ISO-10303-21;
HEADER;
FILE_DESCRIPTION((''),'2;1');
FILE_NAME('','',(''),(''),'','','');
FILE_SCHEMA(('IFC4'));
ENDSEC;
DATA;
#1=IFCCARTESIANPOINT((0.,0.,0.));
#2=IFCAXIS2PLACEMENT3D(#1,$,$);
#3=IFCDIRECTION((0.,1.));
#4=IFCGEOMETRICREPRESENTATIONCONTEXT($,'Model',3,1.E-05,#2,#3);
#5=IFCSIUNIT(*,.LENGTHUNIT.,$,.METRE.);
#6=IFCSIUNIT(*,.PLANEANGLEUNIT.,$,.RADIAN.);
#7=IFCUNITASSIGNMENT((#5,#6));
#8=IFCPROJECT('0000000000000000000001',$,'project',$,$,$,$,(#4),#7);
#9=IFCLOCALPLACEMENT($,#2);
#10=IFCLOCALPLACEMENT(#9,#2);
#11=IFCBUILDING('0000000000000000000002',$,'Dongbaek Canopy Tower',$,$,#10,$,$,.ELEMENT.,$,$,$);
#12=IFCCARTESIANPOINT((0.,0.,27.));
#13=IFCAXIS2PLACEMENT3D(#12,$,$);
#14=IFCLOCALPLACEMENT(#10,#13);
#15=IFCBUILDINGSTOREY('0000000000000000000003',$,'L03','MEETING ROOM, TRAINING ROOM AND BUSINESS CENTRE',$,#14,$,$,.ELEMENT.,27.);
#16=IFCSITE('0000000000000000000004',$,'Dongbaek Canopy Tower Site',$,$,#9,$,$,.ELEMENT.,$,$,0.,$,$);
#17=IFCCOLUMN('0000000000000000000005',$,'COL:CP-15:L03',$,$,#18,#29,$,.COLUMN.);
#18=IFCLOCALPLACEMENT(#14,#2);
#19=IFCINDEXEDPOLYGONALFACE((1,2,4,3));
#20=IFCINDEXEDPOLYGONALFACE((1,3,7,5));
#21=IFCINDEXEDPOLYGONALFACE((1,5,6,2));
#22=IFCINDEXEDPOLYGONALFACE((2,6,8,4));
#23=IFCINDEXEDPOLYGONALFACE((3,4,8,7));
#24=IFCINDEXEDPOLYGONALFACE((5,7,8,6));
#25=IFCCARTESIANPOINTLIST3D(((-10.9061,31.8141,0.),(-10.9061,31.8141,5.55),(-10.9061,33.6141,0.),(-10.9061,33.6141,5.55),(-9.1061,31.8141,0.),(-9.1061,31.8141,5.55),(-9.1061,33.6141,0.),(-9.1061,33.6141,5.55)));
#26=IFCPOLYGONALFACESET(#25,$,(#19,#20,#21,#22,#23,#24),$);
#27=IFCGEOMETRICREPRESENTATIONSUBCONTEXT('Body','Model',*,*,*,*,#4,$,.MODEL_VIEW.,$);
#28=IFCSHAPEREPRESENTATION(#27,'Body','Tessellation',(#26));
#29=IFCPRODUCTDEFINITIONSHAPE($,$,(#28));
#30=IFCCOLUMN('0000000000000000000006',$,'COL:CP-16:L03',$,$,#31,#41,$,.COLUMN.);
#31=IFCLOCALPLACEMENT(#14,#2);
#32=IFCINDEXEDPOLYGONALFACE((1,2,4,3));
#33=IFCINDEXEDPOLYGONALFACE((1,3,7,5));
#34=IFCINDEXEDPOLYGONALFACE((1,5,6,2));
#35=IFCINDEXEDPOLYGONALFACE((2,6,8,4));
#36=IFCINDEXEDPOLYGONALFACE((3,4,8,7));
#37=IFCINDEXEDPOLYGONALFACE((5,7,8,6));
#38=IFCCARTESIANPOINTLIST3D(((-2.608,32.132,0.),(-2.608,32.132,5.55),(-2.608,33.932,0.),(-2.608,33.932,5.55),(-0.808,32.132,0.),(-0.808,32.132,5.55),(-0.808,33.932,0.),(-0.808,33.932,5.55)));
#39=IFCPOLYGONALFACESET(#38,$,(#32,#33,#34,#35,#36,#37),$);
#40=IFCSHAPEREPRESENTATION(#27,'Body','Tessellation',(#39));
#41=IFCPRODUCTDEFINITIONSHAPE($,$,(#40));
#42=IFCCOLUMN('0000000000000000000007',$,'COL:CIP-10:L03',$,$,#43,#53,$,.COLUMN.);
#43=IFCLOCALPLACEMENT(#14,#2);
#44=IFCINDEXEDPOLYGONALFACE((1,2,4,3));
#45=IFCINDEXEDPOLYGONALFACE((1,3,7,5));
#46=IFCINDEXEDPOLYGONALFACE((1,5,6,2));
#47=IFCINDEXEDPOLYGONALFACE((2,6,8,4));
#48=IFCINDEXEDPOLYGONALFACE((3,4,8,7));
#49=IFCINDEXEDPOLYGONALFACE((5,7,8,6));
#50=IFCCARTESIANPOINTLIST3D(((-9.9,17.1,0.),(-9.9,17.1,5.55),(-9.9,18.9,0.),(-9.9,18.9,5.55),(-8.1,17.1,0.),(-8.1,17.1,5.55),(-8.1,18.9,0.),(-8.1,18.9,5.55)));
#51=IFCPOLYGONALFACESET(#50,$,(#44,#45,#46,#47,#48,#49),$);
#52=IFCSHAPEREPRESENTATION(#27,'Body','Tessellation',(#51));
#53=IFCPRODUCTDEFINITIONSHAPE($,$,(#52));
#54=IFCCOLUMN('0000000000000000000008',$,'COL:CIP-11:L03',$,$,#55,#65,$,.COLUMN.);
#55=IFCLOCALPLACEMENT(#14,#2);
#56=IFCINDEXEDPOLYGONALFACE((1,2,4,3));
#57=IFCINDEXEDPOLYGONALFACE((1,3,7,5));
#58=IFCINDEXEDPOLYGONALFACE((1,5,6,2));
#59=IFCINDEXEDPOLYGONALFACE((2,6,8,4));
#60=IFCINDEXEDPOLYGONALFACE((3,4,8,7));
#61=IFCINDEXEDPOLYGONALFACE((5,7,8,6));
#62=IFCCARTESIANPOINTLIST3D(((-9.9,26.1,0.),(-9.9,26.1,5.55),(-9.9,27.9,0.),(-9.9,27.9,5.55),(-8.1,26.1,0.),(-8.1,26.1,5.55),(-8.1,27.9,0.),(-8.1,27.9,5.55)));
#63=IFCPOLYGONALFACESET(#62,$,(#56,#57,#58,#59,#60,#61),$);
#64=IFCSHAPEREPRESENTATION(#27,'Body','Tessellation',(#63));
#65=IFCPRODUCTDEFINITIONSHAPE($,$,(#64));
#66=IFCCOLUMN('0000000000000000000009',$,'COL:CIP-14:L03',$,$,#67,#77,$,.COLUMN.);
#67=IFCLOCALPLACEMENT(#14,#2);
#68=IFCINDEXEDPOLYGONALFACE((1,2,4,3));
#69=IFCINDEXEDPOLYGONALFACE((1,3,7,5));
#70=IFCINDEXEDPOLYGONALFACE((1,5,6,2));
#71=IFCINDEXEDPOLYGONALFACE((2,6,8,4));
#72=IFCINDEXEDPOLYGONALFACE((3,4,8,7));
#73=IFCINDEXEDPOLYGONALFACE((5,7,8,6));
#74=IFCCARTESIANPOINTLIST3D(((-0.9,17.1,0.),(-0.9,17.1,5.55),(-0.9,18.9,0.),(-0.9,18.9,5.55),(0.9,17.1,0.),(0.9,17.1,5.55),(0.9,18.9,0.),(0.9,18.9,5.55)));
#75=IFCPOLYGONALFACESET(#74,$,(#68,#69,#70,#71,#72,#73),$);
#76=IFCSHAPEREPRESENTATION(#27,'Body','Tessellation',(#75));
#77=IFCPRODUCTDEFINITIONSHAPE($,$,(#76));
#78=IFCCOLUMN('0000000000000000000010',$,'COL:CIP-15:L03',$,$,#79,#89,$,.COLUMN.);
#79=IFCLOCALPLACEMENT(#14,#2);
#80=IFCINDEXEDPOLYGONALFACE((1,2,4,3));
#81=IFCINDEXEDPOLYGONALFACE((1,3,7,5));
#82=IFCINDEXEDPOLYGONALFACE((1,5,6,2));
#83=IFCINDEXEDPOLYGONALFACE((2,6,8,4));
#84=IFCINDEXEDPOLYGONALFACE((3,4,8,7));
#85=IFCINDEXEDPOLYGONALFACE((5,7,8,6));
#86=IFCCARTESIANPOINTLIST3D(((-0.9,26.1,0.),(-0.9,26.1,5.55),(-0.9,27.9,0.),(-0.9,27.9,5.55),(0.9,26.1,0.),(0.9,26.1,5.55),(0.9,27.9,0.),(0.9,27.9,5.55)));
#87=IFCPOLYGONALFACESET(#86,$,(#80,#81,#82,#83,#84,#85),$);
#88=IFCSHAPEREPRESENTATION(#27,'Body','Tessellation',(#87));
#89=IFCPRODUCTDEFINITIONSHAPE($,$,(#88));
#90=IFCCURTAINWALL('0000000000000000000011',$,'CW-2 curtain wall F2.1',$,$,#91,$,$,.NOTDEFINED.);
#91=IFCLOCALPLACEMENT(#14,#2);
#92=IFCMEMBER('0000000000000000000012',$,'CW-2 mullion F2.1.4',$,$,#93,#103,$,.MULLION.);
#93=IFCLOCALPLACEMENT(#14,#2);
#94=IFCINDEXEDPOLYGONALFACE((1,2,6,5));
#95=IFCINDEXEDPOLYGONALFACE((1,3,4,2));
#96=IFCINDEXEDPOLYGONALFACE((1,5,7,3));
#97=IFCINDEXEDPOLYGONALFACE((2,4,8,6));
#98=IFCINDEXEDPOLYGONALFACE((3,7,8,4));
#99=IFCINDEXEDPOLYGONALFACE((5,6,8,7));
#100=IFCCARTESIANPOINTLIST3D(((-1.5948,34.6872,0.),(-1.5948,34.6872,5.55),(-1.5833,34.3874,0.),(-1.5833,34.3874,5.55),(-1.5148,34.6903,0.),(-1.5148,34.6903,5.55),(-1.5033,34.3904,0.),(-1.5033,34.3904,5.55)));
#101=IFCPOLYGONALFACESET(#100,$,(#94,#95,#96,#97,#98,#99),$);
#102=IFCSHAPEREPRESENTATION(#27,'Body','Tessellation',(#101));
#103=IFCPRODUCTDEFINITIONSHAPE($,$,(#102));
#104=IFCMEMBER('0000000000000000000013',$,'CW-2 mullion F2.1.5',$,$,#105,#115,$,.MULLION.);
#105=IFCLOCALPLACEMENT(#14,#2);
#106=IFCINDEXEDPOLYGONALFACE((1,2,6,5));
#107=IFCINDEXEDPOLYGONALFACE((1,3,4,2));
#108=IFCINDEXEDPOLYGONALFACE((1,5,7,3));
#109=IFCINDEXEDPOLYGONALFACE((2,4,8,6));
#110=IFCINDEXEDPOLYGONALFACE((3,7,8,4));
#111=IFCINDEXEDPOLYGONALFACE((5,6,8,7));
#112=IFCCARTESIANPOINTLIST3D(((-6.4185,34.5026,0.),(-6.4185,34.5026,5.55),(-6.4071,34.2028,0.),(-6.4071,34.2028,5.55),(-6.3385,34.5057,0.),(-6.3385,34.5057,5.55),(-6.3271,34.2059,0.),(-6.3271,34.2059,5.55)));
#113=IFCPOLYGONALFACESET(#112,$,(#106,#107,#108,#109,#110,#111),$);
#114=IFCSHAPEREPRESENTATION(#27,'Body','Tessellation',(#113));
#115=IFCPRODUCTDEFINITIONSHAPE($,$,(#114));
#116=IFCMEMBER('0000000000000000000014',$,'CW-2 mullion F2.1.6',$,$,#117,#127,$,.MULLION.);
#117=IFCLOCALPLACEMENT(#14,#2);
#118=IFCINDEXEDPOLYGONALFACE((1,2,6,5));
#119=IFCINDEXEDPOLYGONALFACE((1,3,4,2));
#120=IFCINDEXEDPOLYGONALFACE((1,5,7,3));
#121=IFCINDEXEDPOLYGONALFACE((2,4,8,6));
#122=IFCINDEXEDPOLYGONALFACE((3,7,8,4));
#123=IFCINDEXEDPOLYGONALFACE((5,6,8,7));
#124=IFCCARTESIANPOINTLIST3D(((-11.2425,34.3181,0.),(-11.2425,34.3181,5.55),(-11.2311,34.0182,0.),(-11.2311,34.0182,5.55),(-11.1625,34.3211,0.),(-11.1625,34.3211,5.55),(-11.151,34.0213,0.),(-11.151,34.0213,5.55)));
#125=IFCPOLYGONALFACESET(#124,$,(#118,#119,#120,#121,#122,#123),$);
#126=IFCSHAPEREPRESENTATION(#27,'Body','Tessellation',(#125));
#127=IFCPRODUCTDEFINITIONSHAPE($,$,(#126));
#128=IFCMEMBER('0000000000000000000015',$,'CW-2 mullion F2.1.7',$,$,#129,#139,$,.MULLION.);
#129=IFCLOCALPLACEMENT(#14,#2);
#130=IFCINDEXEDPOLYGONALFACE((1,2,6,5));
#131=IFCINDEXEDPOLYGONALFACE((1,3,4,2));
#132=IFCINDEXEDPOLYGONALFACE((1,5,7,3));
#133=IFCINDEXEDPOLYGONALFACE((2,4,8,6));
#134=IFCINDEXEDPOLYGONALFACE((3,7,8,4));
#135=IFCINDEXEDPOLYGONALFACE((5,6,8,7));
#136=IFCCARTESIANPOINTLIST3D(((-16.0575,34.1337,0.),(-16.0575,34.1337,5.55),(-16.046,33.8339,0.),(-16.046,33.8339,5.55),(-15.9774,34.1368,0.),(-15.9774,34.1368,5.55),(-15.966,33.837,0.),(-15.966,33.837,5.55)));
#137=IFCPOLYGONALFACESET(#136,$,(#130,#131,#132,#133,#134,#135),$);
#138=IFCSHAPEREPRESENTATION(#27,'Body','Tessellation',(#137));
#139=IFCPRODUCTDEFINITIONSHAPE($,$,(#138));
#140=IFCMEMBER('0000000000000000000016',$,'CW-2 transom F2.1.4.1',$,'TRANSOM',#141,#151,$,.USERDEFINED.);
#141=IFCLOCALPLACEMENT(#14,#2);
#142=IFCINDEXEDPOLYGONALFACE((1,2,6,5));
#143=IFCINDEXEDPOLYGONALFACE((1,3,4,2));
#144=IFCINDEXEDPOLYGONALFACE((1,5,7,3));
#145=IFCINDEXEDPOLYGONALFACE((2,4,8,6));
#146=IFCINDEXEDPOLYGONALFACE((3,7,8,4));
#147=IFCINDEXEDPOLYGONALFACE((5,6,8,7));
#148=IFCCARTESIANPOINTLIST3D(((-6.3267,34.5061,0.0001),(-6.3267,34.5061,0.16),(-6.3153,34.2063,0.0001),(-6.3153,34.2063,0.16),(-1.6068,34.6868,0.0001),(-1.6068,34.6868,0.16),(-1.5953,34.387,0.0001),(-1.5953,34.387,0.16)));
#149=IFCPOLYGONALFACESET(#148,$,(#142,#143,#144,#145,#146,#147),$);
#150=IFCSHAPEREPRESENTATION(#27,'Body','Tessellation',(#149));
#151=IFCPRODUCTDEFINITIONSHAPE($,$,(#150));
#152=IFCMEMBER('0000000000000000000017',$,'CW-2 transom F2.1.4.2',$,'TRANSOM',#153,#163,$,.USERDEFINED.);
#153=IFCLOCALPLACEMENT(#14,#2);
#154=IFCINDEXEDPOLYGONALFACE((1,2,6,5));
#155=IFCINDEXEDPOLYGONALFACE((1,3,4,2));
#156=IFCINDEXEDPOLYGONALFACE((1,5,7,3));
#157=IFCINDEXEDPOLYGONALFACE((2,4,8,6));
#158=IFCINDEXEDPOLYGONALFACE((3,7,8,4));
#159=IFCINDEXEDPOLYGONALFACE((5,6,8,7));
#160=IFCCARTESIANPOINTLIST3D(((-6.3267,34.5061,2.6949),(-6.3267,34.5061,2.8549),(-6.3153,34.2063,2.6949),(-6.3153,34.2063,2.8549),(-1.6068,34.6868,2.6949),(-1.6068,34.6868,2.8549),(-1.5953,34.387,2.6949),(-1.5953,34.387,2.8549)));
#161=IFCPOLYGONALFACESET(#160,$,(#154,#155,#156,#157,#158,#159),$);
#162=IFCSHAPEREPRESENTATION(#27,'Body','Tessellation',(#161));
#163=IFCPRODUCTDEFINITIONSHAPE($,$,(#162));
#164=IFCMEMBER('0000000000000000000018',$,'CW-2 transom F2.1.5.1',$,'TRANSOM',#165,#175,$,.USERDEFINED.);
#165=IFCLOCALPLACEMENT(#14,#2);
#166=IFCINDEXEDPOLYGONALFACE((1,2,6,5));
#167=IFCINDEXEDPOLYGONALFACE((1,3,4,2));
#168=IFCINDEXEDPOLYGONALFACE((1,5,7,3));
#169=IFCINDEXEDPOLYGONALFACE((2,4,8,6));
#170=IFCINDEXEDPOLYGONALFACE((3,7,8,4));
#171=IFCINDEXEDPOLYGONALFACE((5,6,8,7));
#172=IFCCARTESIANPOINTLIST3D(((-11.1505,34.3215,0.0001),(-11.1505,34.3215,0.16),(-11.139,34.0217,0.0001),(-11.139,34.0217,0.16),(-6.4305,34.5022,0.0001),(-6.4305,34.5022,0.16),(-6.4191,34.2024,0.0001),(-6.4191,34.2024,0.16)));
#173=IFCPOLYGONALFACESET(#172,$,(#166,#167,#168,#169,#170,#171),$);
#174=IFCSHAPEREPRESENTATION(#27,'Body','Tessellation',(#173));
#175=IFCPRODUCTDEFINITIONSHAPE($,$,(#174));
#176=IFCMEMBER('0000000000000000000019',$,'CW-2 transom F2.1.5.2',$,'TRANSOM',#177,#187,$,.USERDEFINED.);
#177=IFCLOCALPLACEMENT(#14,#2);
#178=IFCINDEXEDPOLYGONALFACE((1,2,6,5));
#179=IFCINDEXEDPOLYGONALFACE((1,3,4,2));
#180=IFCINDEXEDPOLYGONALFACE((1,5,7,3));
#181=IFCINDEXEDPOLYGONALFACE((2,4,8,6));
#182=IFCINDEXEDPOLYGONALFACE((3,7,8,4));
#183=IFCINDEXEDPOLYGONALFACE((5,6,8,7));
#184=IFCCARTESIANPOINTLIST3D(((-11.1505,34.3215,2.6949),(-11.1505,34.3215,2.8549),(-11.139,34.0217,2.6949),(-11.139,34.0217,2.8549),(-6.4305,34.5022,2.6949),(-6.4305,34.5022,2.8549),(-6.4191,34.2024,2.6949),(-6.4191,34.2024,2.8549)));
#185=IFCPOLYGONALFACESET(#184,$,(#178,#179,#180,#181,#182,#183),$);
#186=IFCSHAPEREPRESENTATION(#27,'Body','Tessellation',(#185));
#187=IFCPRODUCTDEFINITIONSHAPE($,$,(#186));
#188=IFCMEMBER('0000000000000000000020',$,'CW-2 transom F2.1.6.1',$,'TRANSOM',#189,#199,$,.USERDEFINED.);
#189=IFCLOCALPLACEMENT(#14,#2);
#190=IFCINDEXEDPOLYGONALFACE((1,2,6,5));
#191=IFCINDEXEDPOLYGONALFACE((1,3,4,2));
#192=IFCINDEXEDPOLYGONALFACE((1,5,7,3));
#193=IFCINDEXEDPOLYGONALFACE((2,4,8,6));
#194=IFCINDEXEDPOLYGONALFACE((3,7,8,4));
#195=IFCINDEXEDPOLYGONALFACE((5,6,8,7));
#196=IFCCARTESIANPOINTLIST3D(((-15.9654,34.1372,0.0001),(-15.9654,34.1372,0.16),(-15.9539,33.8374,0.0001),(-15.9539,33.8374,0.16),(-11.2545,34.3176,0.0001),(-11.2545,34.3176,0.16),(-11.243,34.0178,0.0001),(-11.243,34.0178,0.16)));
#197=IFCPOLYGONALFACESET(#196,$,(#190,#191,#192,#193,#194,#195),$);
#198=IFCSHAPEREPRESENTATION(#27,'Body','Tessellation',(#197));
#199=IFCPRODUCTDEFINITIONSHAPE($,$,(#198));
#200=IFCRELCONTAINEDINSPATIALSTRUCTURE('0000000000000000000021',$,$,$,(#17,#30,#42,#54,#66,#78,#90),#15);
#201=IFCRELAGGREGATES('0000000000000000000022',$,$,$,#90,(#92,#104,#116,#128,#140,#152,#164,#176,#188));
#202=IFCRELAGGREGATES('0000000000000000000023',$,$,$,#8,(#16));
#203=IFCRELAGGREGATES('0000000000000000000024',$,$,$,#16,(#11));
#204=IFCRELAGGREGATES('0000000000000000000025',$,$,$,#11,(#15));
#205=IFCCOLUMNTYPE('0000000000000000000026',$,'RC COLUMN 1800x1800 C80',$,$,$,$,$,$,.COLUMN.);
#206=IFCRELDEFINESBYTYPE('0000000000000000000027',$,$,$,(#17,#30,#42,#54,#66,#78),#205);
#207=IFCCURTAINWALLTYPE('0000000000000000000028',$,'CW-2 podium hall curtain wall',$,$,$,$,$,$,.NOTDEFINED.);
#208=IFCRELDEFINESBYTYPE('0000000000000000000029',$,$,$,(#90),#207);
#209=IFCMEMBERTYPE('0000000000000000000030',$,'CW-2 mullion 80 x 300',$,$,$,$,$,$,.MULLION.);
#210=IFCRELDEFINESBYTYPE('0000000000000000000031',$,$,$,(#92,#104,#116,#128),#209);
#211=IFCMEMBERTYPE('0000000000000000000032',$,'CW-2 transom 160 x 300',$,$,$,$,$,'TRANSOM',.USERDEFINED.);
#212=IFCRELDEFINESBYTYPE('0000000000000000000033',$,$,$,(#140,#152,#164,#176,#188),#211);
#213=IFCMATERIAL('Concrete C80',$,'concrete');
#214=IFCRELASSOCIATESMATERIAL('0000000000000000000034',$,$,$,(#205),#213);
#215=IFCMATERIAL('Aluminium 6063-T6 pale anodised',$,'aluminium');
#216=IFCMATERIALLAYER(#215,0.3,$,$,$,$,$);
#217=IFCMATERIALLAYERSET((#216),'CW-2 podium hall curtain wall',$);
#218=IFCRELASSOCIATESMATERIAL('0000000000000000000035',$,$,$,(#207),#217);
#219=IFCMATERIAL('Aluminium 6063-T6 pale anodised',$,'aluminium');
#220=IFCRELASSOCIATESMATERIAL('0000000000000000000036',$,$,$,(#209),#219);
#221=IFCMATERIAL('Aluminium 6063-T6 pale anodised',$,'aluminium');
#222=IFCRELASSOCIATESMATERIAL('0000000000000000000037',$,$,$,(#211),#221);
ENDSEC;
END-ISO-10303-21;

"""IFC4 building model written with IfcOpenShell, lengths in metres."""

from ifc_helpers import new_model, si_unit, direction, frame, origin, origin_2d, place, context, subcontext, project, spatial, rectangle, extrude, material, layer, layer_set, material_profile, profile_set, type_object, element, aggregate, save


model = new_model("IFC4")

# Units and contexts
model_context = context("Model", 3, precision=1e-05, world=origin(), true_north=direction((0.0, 1.0)))
body_context = subcontext(model_context, "Body", "Model", "MODEL_VIEW")
ifc_project = project(units=[si_unit("LENGTHUNIT", "METRE"), si_unit("PLANEANGLEUNIT", "RADIAN")], contexts=[model_context])

# Site, building, storey
site_placement = place(None, origin())
site = spatial("IfcSite", under=ifc_project, at=site_placement, Name="Dongbaek Canopy Tower Site", CompositionType="ELEMENT", RefElevation=0.0)
building_placement = place(site_placement, origin())
building = spatial("IfcBuilding", under=site, at=building_placement, Name="Dongbaek Canopy Tower", CompositionType="ELEMENT")
storey_placement = place(building_placement, frame((0.0, 0.0, 27.0)))
storey = spatial("IfcBuildingStorey", under=building, at=storey_placement, Name="L03", Description="MEETING ROOM, TRAINING ROOM AND BUSINESS CENTRE", CompositionType="ELEMENT", Elevation=27.0)

# Columns
ifc_material_1 = material(Name="Concrete C80", Category="concrete")
ifc_material_profile_1 = material_profile(ifc_material_1, rectangle(XDim=1.8, YDim=1.8, at=origin_2d()), Name="RC COLUMN 1800x1800 C80")
ifc_profile_set_1 = profile_set([ifc_material_profile_1], Name="Concrete C80")
column_type = type_object("IfcColumnType", Name="RC COLUMN 1800x1800 C80", PredefinedType="COLUMN", material=ifc_profile_set_1)
for number, where, z_axis, x_axis, name in (
    (1, (-10.0061, 32.7141, 0.0), (0.0, 0.0, 1.0), (1.0, 0.0, 0.0), "COL:CP-15:L03"),
    (2, (-1.708, 33.032, 0.0), (0.0, 0.0, 1.0), (1.0, 0.0, 0.0), "COL:CP-16:L03"),
    (3, (-9.0, 18.0, 0.0), (0.0, 0.0, 1.0), (1.0, 0.0, 0.0), "COL:CIP-10:L03"),
    (4, (-9.0, 27.0, 0.0), (0.0, 0.0, 1.0), (1.0, 0.0, 0.0), "COL:CIP-11:L03"),
    (5, (0.0, 18.0, 0.0), (0.0, 0.0, 1.0), (1.0, 0.0, 0.0), "COL:CIP-14:L03"),
    (6, (0.0, 27.0, 0.0), (0.0, 0.0, 1.0), (1.0, 0.0, 0.0), "COL:CIP-15:L03"),
):
    element("IfcColumn", number, at=place(storey_placement, frame(where, z_axis=z_axis, x_axis=x_axis)), inside=storey, type_object=column_type, Name=name, PredefinedType="COLUMN", context=body_context, shape_type="SweptSolid", body=[
        extrude(rectangle(XDim=1.8, YDim=1.8, at=origin_2d()), origin(), (0.0, 0.0, 1.0), 5.55),
    ])

# Curtain wall, members
ifc_material_2 = material(Name="Aluminium 6063-T6 pale anodised", Category="aluminium")
ifc_layer_1 = layer(ifc_material_2, 0.3)
ifc_layer_set_1 = layer_set([ifc_layer_1], Name="CW-2 podium hall curtain wall")
curtain_wall_type = type_object("IfcCurtainWallType", Name="CW-2 podium hall curtain wall", PredefinedType="NOTDEFINED", material=ifc_layer_set_1)
curtain_wall_1_placement = place(storey_placement, origin())
curtain_wall_1 = element("IfcCurtainWall", 7, at=curtain_wall_1_placement, inside=storey, type_object=curtain_wall_type, Name="CW-2 curtain wall F2.1", PredefinedType="NOTDEFINED")
ifc_material_3 = material(Name="Aluminium 6063-T6 pale anodised", Category="aluminium")
ifc_material_profile_2 = material_profile(ifc_material_3, rectangle(XDim=0.3, YDim=0.0801, at=origin_2d()), Name="CW-2 mullion 80 x 300")
ifc_profile_set_2 = profile_set([ifc_material_profile_2], Name="Aluminium 6063-T6 pale anodised")
member_type_1 = type_object("IfcMemberType", Name="CW-2 mullion 80 x 300", PredefinedType="MULLION", material=ifc_profile_set_2)
member_1_placement = place(storey_placement, frame((-1.5491, 34.5388, 0.0), z_axis=(0.0, 0.0, 1.0), x_axis=(-0.038232, 0.999269, 0.0)))
member_1 = element("IfcMember", 8, at=member_1_placement, type_object=member_type_1, Name="CW-2 mullion F2.1.4", PredefinedType="MULLION", context=body_context, shape_type="SweptSolid", body=[
    extrude(rectangle(XDim=0.3, YDim=0.0801, at=origin_2d()), origin(), (0.0, 0.0, 1.0), 5.55),
])
member_2_placement = place(storey_placement, frame((-6.3728, 34.3542, 0.0), z_axis=(0.0, 0.0, 1.0), x_axis=(-0.038232, 0.999269, 0.0)))
member_2 = element("IfcMember", 9, at=member_2_placement, type_object=member_type_1, Name="CW-2 mullion F2.1.5", PredefinedType="MULLION", context=body_context, shape_type="SweptSolid", body=[
    extrude(rectangle(XDim=0.3, YDim=0.0801, at=origin_2d()), origin(), (0.0, 0.0, 1.0), 5.55),
])
member_3_placement = place(storey_placement, frame((-11.1968, 34.1697, 0.0), z_axis=(0.0, 0.0, 1.0), x_axis=(-0.038232, 0.999269, 0.0)))
member_3 = element("IfcMember", 10, at=member_3_placement, type_object=member_type_1, Name="CW-2 mullion F2.1.6", PredefinedType="MULLION", context=body_context, shape_type="SweptSolid", body=[
    extrude(rectangle(XDim=0.3, YDim=0.0801, at=origin_2d()), origin(), (0.0, 0.0, 1.0), 5.55),
])
member_4_placement = place(storey_placement, frame((-16.0117, 33.9854, 0.0), z_axis=(0.0, 0.0, 1.0), x_axis=(-0.038232, 0.999269, 0.0)))
member_4 = element("IfcMember", 11, at=member_4_placement, type_object=member_type_1, Name="CW-2 mullion F2.1.7", PredefinedType="MULLION", context=body_context, shape_type="SweptSolid", body=[
    extrude(rectangle(XDim=0.3, YDim=0.0801, at=origin_2d()), origin(), (0.0, 0.0, 1.0), 5.55),
])
ifc_material_4 = material(Name="Aluminium 6063-T6 pale anodised", Category="aluminium")
ifc_material_profile_3 = material_profile(ifc_material_4, rectangle(XDim=0.3, YDim=0.1599, at=origin_2d()), Name="CW-2 transom 160 x 300")
ifc_profile_set_3 = profile_set([ifc_material_profile_3], Name="Aluminium 6063-T6 pale anodised")
member_type_2 = type_object("IfcMemberType", Name="CW-2 transom 160 x 300", ElementType="TRANSOM", PredefinedType="USERDEFINED", material=ifc_profile_set_3)
member_5_placement = place(storey_placement, frame((-1.6011, 34.5369, 0.0801), z_axis=(-0.999268, -0.038249, 0.0), x_axis=(0.038249, -0.999268, 0.0)))
member_5 = element("IfcMember", 12, at=member_5_placement, type_object=member_type_2, Name="CW-2 transom F2.1.4.1", ObjectType="TRANSOM", PredefinedType="USERDEFINED", context=body_context, shape_type="SweptSolid", body=[
    extrude(rectangle(XDim=0.3, YDim=0.1599, at=origin_2d()), origin(), (0.0, 0.0, 1.0), 4.7234),
])
member_6_placement = place(storey_placement, frame((-1.6011, 34.5369, 2.7749), z_axis=(-0.999268, -0.038249, 0.0), x_axis=(0.038249, -0.999268, 0.0)))
member_6 = element("IfcMember", 13, at=member_6_placement, type_object=member_type_2, Name="CW-2 transom F2.1.4.2", ObjectType="TRANSOM", PredefinedType="USERDEFINED", context=body_context, shape_type="SweptSolid", body=[
    extrude(rectangle(XDim=0.3, YDim=0.1599, at=origin_2d()), origin(), (0.0, 0.0, 1.0), 4.7234),
])
member_7_placement = place(storey_placement, frame((-6.4248, 34.3523, 0.0801), z_axis=(-0.999268, -0.038249, 0.0), x_axis=(0.038249, -0.999268, 0.0)))
member_7 = element("IfcMember", 14, at=member_7_placement, type_object=member_type_2, Name="CW-2 transom F2.1.5.1", ObjectType="TRANSOM", PredefinedType="USERDEFINED", context=body_context, shape_type="SweptSolid", body=[
    extrude(rectangle(XDim=0.3, YDim=0.1599, at=origin_2d()), origin(), (0.0, 0.0, 1.0), 4.7234),
])
member_8_placement = place(storey_placement, frame((-6.4248, 34.3523, 2.7749), z_axis=(-0.999268, -0.038249, 0.0), x_axis=(0.038249, -0.999268, 0.0)))
member_8 = element("IfcMember", 15, at=member_8_placement, type_object=member_type_2, Name="CW-2 transom F2.1.5.2", ObjectType="TRANSOM", PredefinedType="USERDEFINED", context=body_context, shape_type="SweptSolid", body=[
    extrude(rectangle(XDim=0.3, YDim=0.1599, at=origin_2d()), origin(), (0.0, 0.0, 1.0), 4.7234),
])
member_9_placement = place(storey_placement, frame((-11.2488, 34.1677, 0.0801), z_axis=(-0.999267, -0.03827, 0.0), x_axis=(0.03827, -0.999267, 0.0)))
member_9 = element("IfcMember", 16, at=member_9_placement, type_object=member_type_2, Name="CW-2 transom F2.1.6.1", ObjectType="TRANSOM", PredefinedType="USERDEFINED", context=body_context, shape_type="SweptSolid", body=[
    extrude(rectangle(XDim=0.3, YDim=0.1599, at=origin_2d()), origin(), (0.0, 0.0, 1.0), 4.7144),
])

aggregate(curtain_wall_1, [member_1, member_2, member_3, member_4, member_5, member_6, member_7, member_8, member_9])

save(model, "model.ifc")
